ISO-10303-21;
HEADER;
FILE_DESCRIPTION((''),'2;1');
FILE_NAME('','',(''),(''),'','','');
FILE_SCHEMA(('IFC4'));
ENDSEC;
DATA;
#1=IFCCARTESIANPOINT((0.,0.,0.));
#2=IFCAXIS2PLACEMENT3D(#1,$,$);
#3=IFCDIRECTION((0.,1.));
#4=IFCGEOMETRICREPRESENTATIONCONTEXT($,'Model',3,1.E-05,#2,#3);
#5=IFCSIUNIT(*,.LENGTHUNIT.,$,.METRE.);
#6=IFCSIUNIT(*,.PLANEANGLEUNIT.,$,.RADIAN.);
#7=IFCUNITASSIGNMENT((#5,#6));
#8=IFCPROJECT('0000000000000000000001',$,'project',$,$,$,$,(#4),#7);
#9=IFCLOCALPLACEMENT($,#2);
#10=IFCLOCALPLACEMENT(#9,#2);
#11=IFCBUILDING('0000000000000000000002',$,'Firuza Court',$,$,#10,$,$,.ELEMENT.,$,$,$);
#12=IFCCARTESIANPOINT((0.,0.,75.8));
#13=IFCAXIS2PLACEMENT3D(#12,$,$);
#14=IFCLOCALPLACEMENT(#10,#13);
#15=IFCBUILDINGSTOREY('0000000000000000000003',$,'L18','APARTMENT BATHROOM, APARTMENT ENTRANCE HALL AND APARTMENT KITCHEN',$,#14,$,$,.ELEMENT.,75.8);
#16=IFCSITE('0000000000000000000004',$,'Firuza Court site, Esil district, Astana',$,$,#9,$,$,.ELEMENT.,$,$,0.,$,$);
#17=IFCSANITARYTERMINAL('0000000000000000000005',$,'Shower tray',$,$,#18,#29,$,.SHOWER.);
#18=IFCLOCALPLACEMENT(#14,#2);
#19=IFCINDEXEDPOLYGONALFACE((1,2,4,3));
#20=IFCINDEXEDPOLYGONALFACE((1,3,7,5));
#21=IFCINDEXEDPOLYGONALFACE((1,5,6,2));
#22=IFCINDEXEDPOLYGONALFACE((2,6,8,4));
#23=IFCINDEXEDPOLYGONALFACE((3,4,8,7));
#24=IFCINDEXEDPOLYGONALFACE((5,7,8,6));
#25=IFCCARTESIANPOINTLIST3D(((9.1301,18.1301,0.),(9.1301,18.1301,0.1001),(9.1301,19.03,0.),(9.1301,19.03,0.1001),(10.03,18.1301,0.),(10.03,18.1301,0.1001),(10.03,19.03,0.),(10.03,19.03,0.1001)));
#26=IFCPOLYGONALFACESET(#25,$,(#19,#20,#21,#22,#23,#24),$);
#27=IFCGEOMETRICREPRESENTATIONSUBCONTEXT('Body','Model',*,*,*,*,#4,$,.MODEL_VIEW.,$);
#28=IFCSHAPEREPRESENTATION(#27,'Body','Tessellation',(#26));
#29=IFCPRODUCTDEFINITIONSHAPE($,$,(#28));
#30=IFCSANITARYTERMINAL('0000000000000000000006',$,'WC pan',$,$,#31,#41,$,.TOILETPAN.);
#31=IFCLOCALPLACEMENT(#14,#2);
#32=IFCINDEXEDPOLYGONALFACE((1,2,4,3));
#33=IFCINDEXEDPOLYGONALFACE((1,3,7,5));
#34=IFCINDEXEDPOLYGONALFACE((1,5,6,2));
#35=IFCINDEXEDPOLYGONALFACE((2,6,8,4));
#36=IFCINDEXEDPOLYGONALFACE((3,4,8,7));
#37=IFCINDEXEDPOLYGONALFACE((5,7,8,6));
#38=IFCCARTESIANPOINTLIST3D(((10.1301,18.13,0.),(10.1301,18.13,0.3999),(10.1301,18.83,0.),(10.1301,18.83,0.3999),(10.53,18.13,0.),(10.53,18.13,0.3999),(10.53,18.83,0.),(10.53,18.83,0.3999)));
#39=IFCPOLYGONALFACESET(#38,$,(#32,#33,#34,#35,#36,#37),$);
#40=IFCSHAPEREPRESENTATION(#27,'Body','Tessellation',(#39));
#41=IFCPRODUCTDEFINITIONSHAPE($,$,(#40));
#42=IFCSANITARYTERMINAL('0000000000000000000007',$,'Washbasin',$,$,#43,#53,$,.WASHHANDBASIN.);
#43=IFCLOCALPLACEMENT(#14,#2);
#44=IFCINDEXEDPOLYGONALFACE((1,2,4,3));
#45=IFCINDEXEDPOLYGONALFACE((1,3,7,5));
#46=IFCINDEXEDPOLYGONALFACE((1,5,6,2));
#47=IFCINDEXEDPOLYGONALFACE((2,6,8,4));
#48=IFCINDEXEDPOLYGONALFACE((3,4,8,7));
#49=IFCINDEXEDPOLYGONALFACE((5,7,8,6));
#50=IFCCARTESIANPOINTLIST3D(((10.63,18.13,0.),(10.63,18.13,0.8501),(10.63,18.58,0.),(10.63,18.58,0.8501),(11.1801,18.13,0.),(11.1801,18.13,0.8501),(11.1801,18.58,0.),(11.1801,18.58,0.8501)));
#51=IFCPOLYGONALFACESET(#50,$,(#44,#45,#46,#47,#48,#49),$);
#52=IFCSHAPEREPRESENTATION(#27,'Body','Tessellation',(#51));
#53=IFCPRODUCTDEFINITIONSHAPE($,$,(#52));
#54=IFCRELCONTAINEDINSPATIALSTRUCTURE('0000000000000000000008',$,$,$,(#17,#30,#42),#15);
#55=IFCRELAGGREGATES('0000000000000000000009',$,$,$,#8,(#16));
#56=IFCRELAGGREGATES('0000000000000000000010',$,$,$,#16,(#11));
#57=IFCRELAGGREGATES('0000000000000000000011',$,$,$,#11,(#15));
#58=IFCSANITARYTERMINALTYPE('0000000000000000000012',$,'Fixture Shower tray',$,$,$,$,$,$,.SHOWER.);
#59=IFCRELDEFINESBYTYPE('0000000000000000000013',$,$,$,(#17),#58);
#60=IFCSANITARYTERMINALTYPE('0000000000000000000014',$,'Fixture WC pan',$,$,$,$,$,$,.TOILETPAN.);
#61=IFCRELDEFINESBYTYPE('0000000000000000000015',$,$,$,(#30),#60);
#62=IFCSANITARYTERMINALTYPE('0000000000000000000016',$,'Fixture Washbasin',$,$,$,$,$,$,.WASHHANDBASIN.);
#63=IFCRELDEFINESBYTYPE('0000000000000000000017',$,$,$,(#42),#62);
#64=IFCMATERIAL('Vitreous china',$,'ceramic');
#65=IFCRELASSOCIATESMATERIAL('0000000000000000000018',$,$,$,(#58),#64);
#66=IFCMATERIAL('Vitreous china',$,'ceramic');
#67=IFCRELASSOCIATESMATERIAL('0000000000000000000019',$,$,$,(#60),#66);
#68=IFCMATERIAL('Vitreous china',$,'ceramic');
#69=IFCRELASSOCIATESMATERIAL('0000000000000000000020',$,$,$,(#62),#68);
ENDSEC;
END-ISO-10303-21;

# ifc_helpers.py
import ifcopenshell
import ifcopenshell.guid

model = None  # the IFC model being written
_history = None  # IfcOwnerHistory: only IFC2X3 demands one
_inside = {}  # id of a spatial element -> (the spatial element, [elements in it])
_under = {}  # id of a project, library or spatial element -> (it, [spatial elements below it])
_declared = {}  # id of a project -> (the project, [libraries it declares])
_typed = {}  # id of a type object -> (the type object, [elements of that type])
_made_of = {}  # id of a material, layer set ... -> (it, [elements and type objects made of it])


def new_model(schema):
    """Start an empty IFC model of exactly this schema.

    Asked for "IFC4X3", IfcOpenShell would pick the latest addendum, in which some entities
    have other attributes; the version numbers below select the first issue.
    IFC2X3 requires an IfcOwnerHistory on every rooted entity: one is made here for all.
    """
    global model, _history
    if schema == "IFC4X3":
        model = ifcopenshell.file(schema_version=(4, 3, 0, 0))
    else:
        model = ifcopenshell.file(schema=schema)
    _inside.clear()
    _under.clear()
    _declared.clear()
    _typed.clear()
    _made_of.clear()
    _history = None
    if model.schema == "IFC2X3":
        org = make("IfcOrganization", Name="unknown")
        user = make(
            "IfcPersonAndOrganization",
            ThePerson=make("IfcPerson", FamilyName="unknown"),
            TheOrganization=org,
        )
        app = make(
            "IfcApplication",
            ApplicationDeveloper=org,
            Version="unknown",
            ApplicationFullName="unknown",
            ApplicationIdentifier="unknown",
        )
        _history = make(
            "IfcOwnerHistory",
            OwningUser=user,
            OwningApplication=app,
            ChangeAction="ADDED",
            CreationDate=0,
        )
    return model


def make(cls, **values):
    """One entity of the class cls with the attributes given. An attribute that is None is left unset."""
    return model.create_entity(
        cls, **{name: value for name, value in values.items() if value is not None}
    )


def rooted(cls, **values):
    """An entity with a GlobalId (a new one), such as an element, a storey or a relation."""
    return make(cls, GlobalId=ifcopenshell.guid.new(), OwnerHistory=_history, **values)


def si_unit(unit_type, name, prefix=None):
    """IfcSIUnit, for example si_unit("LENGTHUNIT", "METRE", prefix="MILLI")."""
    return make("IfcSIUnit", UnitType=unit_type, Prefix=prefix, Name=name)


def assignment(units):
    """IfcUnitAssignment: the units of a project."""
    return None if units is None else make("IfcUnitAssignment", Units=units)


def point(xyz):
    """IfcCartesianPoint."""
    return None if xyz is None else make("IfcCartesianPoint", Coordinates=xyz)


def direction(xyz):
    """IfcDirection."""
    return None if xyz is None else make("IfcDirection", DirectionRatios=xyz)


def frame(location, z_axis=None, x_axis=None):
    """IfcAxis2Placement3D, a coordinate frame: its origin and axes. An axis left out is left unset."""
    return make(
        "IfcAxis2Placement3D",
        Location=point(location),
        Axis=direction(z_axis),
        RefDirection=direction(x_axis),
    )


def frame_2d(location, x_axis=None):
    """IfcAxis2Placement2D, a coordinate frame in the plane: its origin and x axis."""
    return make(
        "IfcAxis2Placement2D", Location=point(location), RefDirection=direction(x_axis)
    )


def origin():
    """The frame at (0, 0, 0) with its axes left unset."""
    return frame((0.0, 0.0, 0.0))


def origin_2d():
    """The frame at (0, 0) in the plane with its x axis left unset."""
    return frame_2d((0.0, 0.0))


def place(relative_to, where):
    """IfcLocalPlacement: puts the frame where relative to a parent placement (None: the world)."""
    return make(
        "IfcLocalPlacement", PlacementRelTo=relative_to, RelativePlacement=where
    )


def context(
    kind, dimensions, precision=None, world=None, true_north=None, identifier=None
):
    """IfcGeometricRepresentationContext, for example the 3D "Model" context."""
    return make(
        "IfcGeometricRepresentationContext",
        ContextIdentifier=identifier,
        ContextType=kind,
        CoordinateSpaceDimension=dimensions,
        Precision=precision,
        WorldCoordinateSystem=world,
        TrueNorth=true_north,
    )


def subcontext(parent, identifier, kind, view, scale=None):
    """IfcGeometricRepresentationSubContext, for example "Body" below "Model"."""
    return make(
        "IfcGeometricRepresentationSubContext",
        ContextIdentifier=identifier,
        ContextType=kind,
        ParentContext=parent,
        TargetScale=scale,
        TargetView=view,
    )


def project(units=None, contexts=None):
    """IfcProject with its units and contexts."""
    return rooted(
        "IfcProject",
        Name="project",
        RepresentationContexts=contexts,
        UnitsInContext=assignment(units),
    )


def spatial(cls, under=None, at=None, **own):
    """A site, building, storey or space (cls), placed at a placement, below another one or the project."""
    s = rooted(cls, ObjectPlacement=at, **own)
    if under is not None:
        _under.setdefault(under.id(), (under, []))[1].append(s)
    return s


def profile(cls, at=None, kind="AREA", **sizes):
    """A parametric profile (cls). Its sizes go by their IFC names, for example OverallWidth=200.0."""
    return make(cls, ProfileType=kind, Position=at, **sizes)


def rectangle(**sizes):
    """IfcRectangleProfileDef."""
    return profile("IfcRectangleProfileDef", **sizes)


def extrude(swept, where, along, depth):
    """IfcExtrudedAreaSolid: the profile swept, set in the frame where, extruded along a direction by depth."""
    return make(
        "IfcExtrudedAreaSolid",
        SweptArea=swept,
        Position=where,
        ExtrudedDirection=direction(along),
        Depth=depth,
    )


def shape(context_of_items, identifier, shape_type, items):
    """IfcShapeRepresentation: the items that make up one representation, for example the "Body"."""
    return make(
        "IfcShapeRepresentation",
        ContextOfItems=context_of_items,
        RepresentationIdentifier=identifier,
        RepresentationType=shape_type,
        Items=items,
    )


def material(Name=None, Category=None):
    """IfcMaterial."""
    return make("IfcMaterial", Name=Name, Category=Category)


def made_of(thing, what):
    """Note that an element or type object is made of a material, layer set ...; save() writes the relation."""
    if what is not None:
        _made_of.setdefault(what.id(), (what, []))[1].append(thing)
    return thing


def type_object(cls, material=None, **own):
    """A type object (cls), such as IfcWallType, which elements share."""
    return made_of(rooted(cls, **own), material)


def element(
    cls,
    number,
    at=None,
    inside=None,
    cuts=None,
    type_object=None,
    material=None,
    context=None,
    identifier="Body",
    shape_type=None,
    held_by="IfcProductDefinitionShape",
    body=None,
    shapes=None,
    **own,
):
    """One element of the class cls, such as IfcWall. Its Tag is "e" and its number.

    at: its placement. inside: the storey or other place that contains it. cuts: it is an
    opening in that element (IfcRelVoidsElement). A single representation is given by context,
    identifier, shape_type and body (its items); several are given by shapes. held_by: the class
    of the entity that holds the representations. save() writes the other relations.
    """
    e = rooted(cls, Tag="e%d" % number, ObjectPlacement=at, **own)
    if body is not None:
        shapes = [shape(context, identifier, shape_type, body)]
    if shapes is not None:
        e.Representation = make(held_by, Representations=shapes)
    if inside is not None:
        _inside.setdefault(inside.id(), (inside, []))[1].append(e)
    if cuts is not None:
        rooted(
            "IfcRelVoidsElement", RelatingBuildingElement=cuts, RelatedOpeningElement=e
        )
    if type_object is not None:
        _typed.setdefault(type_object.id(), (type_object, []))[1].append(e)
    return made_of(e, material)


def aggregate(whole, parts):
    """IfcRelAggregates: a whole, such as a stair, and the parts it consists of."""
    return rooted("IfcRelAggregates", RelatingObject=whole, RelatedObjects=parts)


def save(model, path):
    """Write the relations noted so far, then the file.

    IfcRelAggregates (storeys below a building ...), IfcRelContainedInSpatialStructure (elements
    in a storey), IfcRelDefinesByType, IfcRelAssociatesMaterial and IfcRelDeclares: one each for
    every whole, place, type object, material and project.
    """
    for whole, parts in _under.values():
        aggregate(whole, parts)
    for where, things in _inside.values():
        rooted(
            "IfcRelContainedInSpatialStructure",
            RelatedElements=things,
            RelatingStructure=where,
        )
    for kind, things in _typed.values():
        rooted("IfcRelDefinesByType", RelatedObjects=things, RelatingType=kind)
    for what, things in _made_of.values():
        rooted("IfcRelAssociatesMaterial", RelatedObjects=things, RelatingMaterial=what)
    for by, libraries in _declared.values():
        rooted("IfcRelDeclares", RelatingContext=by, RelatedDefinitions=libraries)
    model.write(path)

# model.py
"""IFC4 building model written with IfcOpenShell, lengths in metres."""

from ifc_helpers import new_model, si_unit, direction, frame, origin, origin_2d, place, context, subcontext, project, spatial, rectangle, extrude, material, type_object, element, save


model = new_model("IFC4")

# Units and contexts
model_context = context("Model", 3, precision=1e-05, world=origin(), true_north=direction((0.0, 1.0)))
body_context = subcontext(model_context, "Body", "Model", "MODEL_VIEW")
ifc_project = project(units=[si_unit("LENGTHUNIT", "METRE"), si_unit("PLANEANGLEUNIT", "RADIAN")], contexts=[model_context])

# Site, building, storey
site_placement = place(None, origin())
site = spatial("IfcSite", under=ifc_project, at=site_placement, Name="Firuza Court site, Esil district, Astana", CompositionType="ELEMENT", RefElevation=0.0)
building_placement = place(site_placement, origin())
building = spatial("IfcBuilding", under=site, at=building_placement, Name="Firuza Court", CompositionType="ELEMENT")
storey_placement = place(building_placement, frame((0.0, 0.0, 75.8)))
storey = spatial("IfcBuildingStorey", under=building, at=storey_placement, Name="L18", Description="APARTMENT BATHROOM, APARTMENT ENTRANCE HALL AND APARTMENT KITCHEN", CompositionType="ELEMENT", Elevation=75.8)

# Sanitary terminals
ifc_material_1 = material(Name="Vitreous china", Category="ceramic")
sanitary_terminal_type_1 = type_object("IfcSanitaryTerminalType", Name="Fixture Shower tray", PredefinedType="SHOWER", material=ifc_material_1)
sanitary_terminal_1_placement = place(storey_placement, frame((9.5801, 18.5801, 0.0), z_axis=(0.0, 0.0, 1.0), x_axis=(1.0, 0.0, 0.0)))
element("IfcSanitaryTerminal", 1, at=sanitary_terminal_1_placement, inside=storey, type_object=sanitary_terminal_type_1, Name="Shower tray", PredefinedType="SHOWER", context=body_context, shape_type="SweptSolid", body=[
    extrude(rectangle(XDim=0.8999, YDim=0.8999, at=origin_2d()), origin(), (0.0, 0.0, 1.0), 0.1001),
])
ifc_material_2 = material(Name="Vitreous china", Category="ceramic")
sanitary_terminal_type_2 = type_object("IfcSanitaryTerminalType", Name="Fixture WC pan", PredefinedType="TOILETPAN", material=ifc_material_2)
sanitary_terminal_2_placement = place(storey_placement, frame((10.3301, 18.48, 0.0), z_axis=(0.0, 0.0, 1.0), x_axis=(1.0, 0.0, 0.0)))
element("IfcSanitaryTerminal", 2, at=sanitary_terminal_2_placement, inside=storey, type_object=sanitary_terminal_type_2, Name="WC pan", PredefinedType="TOILETPAN", context=body_context, shape_type="SweptSolid", body=[
    extrude(rectangle(XDim=0.3999, YDim=0.7, at=origin_2d()), origin(), (0.0, 0.0, 1.0), 0.3999),
])
ifc_material_3 = material(Name="Vitreous china", Category="ceramic")
sanitary_terminal_type_3 = type_object("IfcSanitaryTerminalType", Name="Fixture Washbasin", PredefinedType="WASHHANDBASIN", material=ifc_material_3)
sanitary_terminal_3_placement = place(storey_placement, frame((10.905, 18.355, 0.0), z_axis=(0.0, 0.0, 1.0), x_axis=(1.0, 0.0, 0.0)))
element("IfcSanitaryTerminal", 3, at=sanitary_terminal_3_placement, inside=storey, type_object=sanitary_terminal_type_3, Name="Washbasin", PredefinedType="WASHHANDBASIN", context=body_context, shape_type="SweptSolid", body=[
    extrude(rectangle(XDim=0.55, YDim=0.45, at=origin_2d()), origin(), (0.0, 0.0, 1.0), 0.8501),
])

save(model, "model.ifc")
